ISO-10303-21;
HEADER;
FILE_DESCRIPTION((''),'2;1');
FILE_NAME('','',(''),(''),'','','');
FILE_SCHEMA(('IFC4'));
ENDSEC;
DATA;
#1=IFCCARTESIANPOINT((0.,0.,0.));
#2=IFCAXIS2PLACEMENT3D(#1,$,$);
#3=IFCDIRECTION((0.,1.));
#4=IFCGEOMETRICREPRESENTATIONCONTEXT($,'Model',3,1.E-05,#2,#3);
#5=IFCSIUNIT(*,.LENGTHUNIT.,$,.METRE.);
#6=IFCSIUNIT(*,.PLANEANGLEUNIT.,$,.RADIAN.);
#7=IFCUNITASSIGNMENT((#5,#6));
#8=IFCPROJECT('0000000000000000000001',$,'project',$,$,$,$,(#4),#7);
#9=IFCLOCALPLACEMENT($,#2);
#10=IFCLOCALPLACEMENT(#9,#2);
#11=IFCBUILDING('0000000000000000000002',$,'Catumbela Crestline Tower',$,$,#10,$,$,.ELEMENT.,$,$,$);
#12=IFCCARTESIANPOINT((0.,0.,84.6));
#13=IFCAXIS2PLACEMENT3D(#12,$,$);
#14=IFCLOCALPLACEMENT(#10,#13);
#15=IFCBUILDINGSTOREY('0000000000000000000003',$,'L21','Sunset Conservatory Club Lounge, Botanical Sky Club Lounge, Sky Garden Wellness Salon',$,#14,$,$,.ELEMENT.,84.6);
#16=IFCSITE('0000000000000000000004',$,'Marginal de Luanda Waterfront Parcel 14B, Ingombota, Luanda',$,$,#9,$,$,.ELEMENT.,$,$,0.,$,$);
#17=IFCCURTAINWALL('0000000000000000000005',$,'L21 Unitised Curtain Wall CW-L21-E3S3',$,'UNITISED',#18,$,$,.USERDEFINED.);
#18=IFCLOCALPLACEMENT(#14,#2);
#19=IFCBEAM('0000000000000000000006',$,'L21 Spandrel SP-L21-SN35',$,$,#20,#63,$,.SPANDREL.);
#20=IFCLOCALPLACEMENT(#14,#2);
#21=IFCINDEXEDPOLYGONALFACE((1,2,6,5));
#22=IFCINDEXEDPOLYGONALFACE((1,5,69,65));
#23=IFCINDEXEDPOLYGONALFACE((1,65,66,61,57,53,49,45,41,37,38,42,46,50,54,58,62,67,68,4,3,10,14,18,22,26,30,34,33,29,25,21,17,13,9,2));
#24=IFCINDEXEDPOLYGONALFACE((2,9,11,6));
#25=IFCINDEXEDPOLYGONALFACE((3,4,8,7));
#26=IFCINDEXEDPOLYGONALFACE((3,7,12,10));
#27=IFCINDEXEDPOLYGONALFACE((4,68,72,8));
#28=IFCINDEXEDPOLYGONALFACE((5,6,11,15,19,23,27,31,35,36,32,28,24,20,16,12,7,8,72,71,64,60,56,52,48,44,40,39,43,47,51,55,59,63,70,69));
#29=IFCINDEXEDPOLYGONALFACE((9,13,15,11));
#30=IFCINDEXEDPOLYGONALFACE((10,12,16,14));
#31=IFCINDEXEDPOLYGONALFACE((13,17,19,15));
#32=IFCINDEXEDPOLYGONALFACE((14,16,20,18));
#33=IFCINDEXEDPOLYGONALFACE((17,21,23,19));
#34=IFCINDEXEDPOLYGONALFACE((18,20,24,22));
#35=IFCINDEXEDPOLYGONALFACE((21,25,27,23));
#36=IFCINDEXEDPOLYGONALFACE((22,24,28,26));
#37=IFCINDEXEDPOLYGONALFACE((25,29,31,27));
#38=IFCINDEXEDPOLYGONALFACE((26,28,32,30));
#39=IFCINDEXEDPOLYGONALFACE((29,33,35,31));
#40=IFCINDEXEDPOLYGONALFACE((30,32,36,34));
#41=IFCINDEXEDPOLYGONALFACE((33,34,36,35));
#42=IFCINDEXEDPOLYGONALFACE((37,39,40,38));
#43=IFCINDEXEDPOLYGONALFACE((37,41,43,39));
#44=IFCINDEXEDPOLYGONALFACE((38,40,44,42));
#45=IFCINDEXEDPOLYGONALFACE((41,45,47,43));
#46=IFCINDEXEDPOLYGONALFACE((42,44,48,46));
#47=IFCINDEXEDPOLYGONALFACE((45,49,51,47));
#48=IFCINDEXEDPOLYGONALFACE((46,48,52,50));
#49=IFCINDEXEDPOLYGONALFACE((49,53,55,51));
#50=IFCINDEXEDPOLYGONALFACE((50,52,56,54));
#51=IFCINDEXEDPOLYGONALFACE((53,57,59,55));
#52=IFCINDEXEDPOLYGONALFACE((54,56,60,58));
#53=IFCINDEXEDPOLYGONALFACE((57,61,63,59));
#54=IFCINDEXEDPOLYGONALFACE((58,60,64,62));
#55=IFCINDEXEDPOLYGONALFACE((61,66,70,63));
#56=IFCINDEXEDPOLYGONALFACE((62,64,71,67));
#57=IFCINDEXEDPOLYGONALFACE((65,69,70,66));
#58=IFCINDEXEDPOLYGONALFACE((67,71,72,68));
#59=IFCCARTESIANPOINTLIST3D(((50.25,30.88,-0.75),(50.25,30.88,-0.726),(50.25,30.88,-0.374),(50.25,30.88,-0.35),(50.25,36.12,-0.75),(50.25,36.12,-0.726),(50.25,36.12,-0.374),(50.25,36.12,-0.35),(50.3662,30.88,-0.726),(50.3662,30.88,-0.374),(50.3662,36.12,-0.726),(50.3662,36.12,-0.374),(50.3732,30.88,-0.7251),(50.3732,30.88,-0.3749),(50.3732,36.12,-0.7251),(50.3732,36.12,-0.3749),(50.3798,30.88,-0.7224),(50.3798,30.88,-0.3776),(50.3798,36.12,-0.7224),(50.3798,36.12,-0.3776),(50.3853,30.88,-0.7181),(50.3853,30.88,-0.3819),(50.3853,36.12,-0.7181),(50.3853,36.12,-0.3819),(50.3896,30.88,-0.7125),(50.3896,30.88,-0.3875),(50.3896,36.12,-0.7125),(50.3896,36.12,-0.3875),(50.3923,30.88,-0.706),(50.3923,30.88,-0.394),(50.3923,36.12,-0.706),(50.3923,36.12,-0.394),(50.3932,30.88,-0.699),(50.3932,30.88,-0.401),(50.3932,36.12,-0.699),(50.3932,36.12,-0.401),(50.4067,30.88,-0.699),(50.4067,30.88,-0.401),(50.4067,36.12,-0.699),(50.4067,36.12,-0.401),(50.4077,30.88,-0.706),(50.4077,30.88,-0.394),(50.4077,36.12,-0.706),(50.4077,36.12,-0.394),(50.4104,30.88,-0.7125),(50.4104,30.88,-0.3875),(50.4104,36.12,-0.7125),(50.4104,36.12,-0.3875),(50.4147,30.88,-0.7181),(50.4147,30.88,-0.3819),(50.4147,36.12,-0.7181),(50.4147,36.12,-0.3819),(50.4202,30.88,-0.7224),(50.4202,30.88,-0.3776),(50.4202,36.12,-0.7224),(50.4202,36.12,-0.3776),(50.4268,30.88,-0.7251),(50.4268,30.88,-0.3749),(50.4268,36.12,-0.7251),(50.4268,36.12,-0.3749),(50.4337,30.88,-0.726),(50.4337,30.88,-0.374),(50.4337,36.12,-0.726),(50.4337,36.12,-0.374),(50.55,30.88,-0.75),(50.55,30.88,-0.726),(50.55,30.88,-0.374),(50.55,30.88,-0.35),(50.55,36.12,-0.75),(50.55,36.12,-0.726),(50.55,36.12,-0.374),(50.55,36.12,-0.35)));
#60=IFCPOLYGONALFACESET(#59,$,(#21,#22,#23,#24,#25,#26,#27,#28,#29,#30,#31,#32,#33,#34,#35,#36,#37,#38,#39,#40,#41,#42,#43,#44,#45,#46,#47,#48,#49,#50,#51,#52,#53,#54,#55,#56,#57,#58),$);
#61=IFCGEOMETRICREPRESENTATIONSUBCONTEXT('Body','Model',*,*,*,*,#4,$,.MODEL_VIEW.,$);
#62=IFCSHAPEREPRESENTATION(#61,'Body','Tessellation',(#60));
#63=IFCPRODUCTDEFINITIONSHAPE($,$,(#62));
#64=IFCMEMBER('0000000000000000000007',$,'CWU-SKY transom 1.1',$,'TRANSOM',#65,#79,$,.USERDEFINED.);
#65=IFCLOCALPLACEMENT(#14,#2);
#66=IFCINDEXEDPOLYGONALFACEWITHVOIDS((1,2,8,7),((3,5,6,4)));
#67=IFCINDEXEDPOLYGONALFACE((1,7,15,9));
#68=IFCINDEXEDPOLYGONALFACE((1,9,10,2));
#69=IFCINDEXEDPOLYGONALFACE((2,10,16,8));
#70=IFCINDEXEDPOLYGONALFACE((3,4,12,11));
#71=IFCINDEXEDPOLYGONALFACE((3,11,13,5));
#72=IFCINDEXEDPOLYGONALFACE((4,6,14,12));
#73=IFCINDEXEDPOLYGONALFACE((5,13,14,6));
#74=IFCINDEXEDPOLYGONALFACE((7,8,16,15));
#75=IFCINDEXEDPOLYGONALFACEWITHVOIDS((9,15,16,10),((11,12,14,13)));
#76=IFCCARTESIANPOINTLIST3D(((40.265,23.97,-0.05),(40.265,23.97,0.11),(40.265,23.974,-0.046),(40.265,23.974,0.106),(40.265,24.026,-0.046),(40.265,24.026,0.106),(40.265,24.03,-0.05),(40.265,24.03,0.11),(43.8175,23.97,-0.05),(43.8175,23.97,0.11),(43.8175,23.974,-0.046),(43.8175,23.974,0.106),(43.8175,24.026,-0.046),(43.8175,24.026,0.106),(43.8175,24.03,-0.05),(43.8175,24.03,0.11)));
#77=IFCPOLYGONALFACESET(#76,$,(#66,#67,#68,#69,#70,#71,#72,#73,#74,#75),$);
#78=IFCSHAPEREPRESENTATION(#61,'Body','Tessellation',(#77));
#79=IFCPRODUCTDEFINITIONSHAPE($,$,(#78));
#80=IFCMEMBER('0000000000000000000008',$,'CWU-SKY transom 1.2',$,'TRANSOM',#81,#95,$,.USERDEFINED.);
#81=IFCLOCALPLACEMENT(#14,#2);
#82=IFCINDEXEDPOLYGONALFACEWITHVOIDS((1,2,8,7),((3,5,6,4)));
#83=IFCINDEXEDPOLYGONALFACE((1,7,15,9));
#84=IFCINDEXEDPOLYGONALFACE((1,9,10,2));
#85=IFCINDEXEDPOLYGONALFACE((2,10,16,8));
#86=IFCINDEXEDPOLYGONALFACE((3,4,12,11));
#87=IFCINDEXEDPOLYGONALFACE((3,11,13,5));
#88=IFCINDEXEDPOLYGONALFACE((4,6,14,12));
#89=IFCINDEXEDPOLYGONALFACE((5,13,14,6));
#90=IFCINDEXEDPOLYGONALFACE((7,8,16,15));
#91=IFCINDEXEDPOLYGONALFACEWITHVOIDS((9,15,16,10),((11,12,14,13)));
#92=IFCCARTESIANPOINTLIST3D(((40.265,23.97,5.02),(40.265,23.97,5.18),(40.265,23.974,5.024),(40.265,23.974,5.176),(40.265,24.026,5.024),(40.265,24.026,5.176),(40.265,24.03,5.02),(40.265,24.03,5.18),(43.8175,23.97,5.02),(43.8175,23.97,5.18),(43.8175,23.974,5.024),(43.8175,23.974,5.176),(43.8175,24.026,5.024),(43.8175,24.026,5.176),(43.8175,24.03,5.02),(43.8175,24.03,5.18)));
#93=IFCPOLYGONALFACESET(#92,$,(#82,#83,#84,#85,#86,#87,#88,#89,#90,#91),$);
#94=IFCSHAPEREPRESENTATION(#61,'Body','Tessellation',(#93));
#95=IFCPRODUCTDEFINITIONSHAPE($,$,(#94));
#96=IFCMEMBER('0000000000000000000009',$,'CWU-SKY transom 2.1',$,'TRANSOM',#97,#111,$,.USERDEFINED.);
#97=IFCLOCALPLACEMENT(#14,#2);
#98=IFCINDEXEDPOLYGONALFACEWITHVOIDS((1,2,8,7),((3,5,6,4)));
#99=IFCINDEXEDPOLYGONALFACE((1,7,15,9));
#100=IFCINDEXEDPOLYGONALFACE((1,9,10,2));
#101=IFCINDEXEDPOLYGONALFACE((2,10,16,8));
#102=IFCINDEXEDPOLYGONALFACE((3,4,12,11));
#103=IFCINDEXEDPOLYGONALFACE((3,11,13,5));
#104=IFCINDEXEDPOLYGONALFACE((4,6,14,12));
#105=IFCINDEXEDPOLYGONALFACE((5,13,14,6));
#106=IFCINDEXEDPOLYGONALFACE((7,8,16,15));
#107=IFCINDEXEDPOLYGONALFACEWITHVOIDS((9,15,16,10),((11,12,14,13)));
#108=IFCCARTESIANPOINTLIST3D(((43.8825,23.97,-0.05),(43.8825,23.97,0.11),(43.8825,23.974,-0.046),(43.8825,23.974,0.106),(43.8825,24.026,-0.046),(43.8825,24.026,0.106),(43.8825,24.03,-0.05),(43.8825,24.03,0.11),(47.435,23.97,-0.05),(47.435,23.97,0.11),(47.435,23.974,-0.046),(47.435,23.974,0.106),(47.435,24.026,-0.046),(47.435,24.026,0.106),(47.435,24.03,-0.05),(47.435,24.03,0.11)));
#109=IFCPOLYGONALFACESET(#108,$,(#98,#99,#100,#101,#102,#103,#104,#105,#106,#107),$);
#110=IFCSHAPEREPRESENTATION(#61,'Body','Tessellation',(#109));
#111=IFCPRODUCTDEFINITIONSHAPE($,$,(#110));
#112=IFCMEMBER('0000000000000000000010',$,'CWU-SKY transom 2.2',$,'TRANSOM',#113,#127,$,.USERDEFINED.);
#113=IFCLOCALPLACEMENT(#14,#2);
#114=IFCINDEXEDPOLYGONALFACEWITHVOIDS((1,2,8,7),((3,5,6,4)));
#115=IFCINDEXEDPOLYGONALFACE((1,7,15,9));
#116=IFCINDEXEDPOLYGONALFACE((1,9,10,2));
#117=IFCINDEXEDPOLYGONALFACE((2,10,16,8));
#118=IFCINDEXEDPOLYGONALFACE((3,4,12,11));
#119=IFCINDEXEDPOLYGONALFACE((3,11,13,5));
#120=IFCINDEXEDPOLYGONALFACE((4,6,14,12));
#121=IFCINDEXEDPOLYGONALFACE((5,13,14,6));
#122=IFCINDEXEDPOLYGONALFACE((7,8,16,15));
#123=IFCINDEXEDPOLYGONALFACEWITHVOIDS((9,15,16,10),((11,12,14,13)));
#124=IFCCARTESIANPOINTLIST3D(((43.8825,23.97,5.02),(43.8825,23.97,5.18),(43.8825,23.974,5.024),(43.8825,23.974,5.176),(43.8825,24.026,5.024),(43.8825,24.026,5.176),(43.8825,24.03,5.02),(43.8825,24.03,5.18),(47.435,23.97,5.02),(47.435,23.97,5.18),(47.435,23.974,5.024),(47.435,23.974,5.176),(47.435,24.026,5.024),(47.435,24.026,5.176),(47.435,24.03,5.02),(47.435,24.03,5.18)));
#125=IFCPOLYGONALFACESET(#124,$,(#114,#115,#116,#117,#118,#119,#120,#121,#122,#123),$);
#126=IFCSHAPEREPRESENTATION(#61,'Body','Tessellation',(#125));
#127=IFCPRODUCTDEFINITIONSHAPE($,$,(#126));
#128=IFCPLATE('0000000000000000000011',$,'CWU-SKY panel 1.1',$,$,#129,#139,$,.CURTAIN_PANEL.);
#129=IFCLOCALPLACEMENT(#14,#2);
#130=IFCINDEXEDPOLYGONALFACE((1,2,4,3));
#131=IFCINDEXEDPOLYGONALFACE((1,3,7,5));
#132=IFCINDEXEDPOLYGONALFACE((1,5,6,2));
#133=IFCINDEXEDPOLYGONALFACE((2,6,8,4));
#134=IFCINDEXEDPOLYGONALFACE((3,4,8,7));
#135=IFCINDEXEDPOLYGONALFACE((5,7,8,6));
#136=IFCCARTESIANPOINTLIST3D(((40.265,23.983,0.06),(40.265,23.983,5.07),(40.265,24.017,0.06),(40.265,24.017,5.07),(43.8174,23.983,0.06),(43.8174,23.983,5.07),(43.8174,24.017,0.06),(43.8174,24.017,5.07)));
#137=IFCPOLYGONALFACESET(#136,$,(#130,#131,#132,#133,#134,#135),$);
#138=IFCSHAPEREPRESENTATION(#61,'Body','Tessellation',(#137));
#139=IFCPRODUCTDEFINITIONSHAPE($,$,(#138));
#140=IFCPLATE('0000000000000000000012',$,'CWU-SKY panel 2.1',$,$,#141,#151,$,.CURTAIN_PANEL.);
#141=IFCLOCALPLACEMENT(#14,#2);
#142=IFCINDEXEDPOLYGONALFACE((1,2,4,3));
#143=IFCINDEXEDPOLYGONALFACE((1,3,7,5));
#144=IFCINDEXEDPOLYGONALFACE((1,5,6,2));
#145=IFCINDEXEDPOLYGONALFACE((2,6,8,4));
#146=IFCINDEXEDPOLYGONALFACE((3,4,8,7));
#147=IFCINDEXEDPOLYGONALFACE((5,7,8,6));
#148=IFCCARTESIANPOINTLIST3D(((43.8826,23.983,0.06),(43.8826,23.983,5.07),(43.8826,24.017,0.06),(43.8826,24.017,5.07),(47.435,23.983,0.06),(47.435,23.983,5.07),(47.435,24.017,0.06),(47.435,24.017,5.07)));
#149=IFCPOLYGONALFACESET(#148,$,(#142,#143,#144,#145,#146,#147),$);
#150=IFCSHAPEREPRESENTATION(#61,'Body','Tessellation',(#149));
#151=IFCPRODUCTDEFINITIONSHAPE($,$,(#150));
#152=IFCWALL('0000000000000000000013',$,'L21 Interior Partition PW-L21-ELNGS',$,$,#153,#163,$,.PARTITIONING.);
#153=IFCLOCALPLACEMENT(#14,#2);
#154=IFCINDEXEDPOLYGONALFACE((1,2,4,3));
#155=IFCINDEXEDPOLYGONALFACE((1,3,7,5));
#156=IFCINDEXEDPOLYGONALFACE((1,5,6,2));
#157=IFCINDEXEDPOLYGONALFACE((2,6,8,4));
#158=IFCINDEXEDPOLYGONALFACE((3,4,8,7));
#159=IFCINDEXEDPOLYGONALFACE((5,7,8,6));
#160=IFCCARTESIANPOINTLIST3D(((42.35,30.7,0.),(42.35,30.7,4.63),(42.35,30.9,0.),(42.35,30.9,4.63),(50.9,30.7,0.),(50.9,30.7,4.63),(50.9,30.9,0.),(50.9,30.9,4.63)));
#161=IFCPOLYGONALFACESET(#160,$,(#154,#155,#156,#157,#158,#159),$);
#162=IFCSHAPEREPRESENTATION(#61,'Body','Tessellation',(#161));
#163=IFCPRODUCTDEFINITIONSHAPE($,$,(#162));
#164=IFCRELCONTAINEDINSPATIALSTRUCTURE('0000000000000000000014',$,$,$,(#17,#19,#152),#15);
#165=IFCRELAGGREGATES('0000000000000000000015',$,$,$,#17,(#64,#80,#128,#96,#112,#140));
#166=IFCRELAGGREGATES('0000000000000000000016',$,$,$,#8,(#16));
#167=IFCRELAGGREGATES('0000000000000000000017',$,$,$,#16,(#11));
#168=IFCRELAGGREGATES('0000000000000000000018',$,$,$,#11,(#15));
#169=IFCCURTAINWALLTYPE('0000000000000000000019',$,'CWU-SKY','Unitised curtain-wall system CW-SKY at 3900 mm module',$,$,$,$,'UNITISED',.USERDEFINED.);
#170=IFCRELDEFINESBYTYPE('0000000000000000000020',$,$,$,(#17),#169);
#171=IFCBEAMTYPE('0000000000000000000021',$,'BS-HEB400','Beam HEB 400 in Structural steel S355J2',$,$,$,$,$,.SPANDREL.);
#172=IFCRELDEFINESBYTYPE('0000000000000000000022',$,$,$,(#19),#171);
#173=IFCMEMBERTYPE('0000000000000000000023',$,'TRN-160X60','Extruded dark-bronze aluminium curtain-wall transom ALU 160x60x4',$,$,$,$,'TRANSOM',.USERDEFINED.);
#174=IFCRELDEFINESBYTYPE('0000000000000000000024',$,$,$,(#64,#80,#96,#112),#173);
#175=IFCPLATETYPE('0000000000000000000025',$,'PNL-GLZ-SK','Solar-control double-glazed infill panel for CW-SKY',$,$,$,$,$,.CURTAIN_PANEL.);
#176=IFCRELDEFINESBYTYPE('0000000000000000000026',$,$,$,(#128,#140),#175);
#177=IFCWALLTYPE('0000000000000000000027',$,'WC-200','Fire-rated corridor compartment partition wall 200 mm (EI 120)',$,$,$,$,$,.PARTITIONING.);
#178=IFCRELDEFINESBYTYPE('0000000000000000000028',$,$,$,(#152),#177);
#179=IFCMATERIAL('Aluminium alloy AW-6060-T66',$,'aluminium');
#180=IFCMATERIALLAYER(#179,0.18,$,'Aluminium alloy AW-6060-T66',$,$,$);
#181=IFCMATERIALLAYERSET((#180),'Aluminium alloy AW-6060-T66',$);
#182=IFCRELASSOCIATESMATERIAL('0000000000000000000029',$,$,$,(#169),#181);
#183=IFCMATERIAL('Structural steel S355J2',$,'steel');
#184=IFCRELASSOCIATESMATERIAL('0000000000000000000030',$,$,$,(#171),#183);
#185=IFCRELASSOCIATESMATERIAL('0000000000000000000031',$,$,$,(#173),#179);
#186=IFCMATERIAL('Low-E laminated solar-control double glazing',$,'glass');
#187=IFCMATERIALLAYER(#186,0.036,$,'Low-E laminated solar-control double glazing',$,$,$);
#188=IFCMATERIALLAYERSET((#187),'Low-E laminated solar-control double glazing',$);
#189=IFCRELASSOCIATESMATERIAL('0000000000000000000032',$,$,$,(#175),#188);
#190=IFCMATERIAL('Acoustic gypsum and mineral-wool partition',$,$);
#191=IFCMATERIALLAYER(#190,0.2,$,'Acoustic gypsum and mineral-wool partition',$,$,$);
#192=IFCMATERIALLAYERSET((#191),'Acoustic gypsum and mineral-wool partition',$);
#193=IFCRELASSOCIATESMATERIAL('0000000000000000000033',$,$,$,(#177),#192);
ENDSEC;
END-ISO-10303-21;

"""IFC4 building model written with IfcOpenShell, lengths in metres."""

from ifc_helpers import new_model, si_unit, direction, frame, frame_2d, origin, origin_2d, place, context, subcontext, project, spatial, rectangle, hollow_rectangle, i_section, extrude, material, layer, layer_set, material_profile, profile_set, type_object, element, aggregate, save


model = new_model("IFC4")

# Units and contexts
model_context = context("Model", 3, precision=1e-05, world=origin(), true_north=direction((0.0, 1.0)))
body_context = subcontext(model_context, "Body", "Model", "MODEL_VIEW")
ifc_project = project(units=[si_unit("LENGTHUNIT", "METRE"), si_unit("PLANEANGLEUNIT", "RADIAN")], contexts=[model_context])

# Site, building, storey
site_placement = place(None, origin())
site = spatial("IfcSite", under=ifc_project, at=site_placement, Name="Marginal de Luanda Waterfront Parcel 14B, Ingombota, Luanda", CompositionType="ELEMENT", RefElevation=0.0)
building_placement = place(site_placement, origin())
building = spatial("IfcBuilding", under=site, at=building_placement, Name="Catumbela Crestline Tower", CompositionType="ELEMENT")
storey_placement = place(building_placement, frame((0.0, 0.0, 84.6)))
storey = spatial("IfcBuildingStorey", under=building, at=storey_placement, Name="L21", Description="Sunset Conservatory Club Lounge, Botanical Sky Club Lounge, Sky Garden Wellness Salon", CompositionType="ELEMENT", Elevation=84.6)

# Shared definitions
ifc_material_1 = material(Name="Structural steel S355J2", Category="steel")

# Curtain wall
ifc_material_2 = material(Name="Aluminium alloy AW-6060-T66", Category="aluminium")
ifc_layer_1 = layer(ifc_material_2, 0.18, Name="Aluminium alloy AW-6060-T66")
ifc_layer_set_1 = layer_set([ifc_layer_1], Name="Aluminium alloy AW-6060-T66")
curtain_wall_type = type_object("IfcCurtainWallType", Name="CWU-SKY", Description="Unitised curtain-wall system CW-SKY at 3900 mm module", ElementType="UNITISED", PredefinedType="USERDEFINED", material=ifc_layer_set_1)
curtain_wall_placement = place(storey_placement, origin())
curtain_wall = element("IfcCurtainWall", 1, at=curtain_wall_placement, inside=storey, type_object=curtain_wall_type, Name="L21 Unitised Curtain Wall CW-L21-E3S3", ObjectType="UNITISED", PredefinedType="USERDEFINED")

# Beam
ifc_material_profile_1 = material_profile(ifc_material_1, i_section(OverallWidth=0.3, OverallDepth=0.4, WebThickness=0.0135, FlangeThickness=0.024, FilletRadius=0.027, at=origin_2d()), Name="HEB 400")
ifc_profile_set_1 = profile_set([ifc_material_profile_1], Name="Structural steel S355J2")
beam_type_1 = type_object("IfcBeamType", Name="BS-HEB400", Description="Beam HEB 400 in Structural steel S355J2", PredefinedType="SPANDREL", material=ifc_profile_set_1)
beam_1_placement = place(storey_placement, frame((50.4, 30.88, -0.55), z_axis=(0.0, 1.0, 0.0), x_axis=(-1.0, 0.0, 0.0)))
element("IfcBeam", 2, at=beam_1_placement, inside=storey, type_object=beam_type_1, Name="L21 Spandrel SP-L21-SN35", PredefinedType="SPANDREL", context=body_context, shape_type="SweptSolid", body=[
    extrude(i_section(OverallWidth=0.3, OverallDepth=0.4, WebThickness=0.0135, FlangeThickness=0.024, FilletRadius=0.027, at=origin_2d()), origin(), (0.0, 0.0, 1.0), 5.24),
])

# Members
ifc_material_profile_2 = material_profile(ifc_material_2, hollow_rectangle(XDim=0.06, YDim=0.16, WallThickness=0.004, at=origin_2d()), Name="ALU 160x60x4")
ifc_profile_set_2 = profile_set([ifc_material_profile_2], Name="Aluminium alloy AW-6060-T66")
member_type_1 = type_object("IfcMemberType", Name="TRN-160X60", Description="Extruded dark-bronze aluminium curtain-wall transom ALU 160x60x4", ElementType="TRANSOM", PredefinedType="USERDEFINED", material=ifc_profile_set_2)
member_1_placement = place(storey_placement, frame((40.265, 24.0, 0.03), z_axis=(1.0, 0.0, 0.0), x_axis=(0.0, 1.0, 0.0)))
member_1 = element("IfcMember", 3, at=member_1_placement, type_object=member_type_1, Name="CWU-SKY transom 1.1", ObjectType="TRANSOM", PredefinedType="USERDEFINED", context=body_context, shape_type="SweptSolid", body=[
    extrude(hollow_rectangle(XDim=0.06, YDim=0.16, WallThickness=0.004, at=origin_2d()), origin(), (0.0, 0.0, 1.0), 3.5525),
])
member_2_placement = place(storey_placement, frame((40.265, 24.0, 5.1), z_axis=(1.0, 0.0, 0.0), x_axis=(0.0, 1.0, 0.0)))
member_2 = element("IfcMember", 4, at=member_2_placement, type_object=member_type_1, Name="CWU-SKY transom 1.2", ObjectType="TRANSOM", PredefinedType="USERDEFINED", context=body_context, shape_type="SweptSolid", body=[
    extrude(hollow_rectangle(XDim=0.06, YDim=0.16, WallThickness=0.004, at=origin_2d()), origin(), (0.0, 0.0, 1.0), 3.5525),
])
member_3_placement = place(storey_placement, frame((43.8825, 24.0, 0.03), z_axis=(1.0, 0.0, 0.0), x_axis=(0.0, 1.0, 0.0)))
member_3 = element("IfcMember", 5, at=member_3_placement, type_object=member_type_1, Name="CWU-SKY transom 2.1", ObjectType="TRANSOM", PredefinedType="USERDEFINED", context=body_context, shape_type="SweptSolid", body=[
    extrude(hollow_rectangle(XDim=0.06, YDim=0.16, WallThickness=0.004, at=origin_2d()), origin(), (0.0, 0.0, 1.0), 3.5525),
])
member_4_placement = place(storey_placement, frame((43.8825, 24.0, 5.1), z_axis=(1.0, 0.0, 0.0), x_axis=(0.0, 1.0, 0.0)))
member_4 = element("IfcMember", 6, at=member_4_placement, type_object=member_type_1, Name="CWU-SKY transom 2.2", ObjectType="TRANSOM", PredefinedType="USERDEFINED", context=body_context, shape_type="SweptSolid", body=[
    extrude(hollow_rectangle(XDim=0.06, YDim=0.16, WallThickness=0.004, at=origin_2d()), origin(), (0.0, 0.0, 1.0), 3.5525),
])

# Plates
ifc_material_3 = material(Name="Low-E laminated solar-control double glazing", Category="glass")
ifc_layer_2 = layer(ifc_material_3, 0.036, Name="Low-E laminated solar-control double glazing")
ifc_layer_set_2 = layer_set([ifc_layer_2], Name="Low-E laminated solar-control double glazing")
plate_type = type_object("IfcPlateType", Name="PNL-GLZ-SK", Description="Solar-control double-glazed infill panel for CW-SKY", PredefinedType="CURTAIN_PANEL", material=ifc_layer_set_2)
plate_1_placement = place(storey_placement, frame((42.0412, 24.0, 0.06), z_axis=(0.0, 0.0, 1.0), x_axis=(1.0, 0.0, 0.0)))
plate_1 = element("IfcPlate", 7, at=plate_1_placement, type_object=plate_type, Name="CWU-SKY panel 1.1", PredefinedType="CURTAIN_PANEL", context=body_context, shape_type="SweptSolid", body=[
    extrude(rectangle(XDim=3.5525, YDim=0.034, at=origin_2d()), origin(), (0.0, 0.0, 1.0), 5.01),
])
plate_2_placement = place(storey_placement, frame((45.6588, 24.0, 0.06), z_axis=(0.0, 0.0, 1.0), x_axis=(1.0, 0.0, 0.0)))
plate_2 = element("IfcPlate", 8, at=plate_2_placement, type_object=plate_type, Name="CWU-SKY panel 2.1", PredefinedType="CURTAIN_PANEL", context=body_context, shape_type="SweptSolid", body=[
    extrude(rectangle(XDim=3.5525, YDim=0.034, at=origin_2d()), origin(), (0.0, 0.0, 1.0), 5.01),
])
aggregate(curtain_wall, [member_1, member_2, plate_1, member_3, member_4, plate_2])

# Wall
ifc_material_4 = material(Name="Acoustic gypsum and mineral-wool partition")
ifc_layer_3 = layer(ifc_material_4, 0.2, Name="Acoustic gypsum and mineral-wool partition")
ifc_layer_set_3 = layer_set([ifc_layer_3], Name="Acoustic gypsum and mineral-wool partition")
wall_type_1 = type_object("IfcWallType", Name="WC-200", Description="Fire-rated corridor compartment partition wall 200 mm (EI 120)", PredefinedType="PARTITIONING", material=ifc_layer_set_3)
wall_1_placement = place(storey_placement, frame((42.35, 30.8, 0.0), z_axis=(0.0, 0.0, 1.0), x_axis=(1.0, 0.0, 0.0)))
element("IfcWall", 9, at=wall_1_placement, inside=storey, type_object=wall_type_1, Name="L21 Interior Partition PW-L21-ELNGS", PredefinedType="PARTITIONING", context=body_context, shape_type="SweptSolid", body=[
    extrude(rectangle(XDim=8.55, YDim=0.2, at=frame_2d((4.275, 0.0))), origin(), (0.0, 0.0, 1.0), 4.63),
])

save(model, "model.ifc")
